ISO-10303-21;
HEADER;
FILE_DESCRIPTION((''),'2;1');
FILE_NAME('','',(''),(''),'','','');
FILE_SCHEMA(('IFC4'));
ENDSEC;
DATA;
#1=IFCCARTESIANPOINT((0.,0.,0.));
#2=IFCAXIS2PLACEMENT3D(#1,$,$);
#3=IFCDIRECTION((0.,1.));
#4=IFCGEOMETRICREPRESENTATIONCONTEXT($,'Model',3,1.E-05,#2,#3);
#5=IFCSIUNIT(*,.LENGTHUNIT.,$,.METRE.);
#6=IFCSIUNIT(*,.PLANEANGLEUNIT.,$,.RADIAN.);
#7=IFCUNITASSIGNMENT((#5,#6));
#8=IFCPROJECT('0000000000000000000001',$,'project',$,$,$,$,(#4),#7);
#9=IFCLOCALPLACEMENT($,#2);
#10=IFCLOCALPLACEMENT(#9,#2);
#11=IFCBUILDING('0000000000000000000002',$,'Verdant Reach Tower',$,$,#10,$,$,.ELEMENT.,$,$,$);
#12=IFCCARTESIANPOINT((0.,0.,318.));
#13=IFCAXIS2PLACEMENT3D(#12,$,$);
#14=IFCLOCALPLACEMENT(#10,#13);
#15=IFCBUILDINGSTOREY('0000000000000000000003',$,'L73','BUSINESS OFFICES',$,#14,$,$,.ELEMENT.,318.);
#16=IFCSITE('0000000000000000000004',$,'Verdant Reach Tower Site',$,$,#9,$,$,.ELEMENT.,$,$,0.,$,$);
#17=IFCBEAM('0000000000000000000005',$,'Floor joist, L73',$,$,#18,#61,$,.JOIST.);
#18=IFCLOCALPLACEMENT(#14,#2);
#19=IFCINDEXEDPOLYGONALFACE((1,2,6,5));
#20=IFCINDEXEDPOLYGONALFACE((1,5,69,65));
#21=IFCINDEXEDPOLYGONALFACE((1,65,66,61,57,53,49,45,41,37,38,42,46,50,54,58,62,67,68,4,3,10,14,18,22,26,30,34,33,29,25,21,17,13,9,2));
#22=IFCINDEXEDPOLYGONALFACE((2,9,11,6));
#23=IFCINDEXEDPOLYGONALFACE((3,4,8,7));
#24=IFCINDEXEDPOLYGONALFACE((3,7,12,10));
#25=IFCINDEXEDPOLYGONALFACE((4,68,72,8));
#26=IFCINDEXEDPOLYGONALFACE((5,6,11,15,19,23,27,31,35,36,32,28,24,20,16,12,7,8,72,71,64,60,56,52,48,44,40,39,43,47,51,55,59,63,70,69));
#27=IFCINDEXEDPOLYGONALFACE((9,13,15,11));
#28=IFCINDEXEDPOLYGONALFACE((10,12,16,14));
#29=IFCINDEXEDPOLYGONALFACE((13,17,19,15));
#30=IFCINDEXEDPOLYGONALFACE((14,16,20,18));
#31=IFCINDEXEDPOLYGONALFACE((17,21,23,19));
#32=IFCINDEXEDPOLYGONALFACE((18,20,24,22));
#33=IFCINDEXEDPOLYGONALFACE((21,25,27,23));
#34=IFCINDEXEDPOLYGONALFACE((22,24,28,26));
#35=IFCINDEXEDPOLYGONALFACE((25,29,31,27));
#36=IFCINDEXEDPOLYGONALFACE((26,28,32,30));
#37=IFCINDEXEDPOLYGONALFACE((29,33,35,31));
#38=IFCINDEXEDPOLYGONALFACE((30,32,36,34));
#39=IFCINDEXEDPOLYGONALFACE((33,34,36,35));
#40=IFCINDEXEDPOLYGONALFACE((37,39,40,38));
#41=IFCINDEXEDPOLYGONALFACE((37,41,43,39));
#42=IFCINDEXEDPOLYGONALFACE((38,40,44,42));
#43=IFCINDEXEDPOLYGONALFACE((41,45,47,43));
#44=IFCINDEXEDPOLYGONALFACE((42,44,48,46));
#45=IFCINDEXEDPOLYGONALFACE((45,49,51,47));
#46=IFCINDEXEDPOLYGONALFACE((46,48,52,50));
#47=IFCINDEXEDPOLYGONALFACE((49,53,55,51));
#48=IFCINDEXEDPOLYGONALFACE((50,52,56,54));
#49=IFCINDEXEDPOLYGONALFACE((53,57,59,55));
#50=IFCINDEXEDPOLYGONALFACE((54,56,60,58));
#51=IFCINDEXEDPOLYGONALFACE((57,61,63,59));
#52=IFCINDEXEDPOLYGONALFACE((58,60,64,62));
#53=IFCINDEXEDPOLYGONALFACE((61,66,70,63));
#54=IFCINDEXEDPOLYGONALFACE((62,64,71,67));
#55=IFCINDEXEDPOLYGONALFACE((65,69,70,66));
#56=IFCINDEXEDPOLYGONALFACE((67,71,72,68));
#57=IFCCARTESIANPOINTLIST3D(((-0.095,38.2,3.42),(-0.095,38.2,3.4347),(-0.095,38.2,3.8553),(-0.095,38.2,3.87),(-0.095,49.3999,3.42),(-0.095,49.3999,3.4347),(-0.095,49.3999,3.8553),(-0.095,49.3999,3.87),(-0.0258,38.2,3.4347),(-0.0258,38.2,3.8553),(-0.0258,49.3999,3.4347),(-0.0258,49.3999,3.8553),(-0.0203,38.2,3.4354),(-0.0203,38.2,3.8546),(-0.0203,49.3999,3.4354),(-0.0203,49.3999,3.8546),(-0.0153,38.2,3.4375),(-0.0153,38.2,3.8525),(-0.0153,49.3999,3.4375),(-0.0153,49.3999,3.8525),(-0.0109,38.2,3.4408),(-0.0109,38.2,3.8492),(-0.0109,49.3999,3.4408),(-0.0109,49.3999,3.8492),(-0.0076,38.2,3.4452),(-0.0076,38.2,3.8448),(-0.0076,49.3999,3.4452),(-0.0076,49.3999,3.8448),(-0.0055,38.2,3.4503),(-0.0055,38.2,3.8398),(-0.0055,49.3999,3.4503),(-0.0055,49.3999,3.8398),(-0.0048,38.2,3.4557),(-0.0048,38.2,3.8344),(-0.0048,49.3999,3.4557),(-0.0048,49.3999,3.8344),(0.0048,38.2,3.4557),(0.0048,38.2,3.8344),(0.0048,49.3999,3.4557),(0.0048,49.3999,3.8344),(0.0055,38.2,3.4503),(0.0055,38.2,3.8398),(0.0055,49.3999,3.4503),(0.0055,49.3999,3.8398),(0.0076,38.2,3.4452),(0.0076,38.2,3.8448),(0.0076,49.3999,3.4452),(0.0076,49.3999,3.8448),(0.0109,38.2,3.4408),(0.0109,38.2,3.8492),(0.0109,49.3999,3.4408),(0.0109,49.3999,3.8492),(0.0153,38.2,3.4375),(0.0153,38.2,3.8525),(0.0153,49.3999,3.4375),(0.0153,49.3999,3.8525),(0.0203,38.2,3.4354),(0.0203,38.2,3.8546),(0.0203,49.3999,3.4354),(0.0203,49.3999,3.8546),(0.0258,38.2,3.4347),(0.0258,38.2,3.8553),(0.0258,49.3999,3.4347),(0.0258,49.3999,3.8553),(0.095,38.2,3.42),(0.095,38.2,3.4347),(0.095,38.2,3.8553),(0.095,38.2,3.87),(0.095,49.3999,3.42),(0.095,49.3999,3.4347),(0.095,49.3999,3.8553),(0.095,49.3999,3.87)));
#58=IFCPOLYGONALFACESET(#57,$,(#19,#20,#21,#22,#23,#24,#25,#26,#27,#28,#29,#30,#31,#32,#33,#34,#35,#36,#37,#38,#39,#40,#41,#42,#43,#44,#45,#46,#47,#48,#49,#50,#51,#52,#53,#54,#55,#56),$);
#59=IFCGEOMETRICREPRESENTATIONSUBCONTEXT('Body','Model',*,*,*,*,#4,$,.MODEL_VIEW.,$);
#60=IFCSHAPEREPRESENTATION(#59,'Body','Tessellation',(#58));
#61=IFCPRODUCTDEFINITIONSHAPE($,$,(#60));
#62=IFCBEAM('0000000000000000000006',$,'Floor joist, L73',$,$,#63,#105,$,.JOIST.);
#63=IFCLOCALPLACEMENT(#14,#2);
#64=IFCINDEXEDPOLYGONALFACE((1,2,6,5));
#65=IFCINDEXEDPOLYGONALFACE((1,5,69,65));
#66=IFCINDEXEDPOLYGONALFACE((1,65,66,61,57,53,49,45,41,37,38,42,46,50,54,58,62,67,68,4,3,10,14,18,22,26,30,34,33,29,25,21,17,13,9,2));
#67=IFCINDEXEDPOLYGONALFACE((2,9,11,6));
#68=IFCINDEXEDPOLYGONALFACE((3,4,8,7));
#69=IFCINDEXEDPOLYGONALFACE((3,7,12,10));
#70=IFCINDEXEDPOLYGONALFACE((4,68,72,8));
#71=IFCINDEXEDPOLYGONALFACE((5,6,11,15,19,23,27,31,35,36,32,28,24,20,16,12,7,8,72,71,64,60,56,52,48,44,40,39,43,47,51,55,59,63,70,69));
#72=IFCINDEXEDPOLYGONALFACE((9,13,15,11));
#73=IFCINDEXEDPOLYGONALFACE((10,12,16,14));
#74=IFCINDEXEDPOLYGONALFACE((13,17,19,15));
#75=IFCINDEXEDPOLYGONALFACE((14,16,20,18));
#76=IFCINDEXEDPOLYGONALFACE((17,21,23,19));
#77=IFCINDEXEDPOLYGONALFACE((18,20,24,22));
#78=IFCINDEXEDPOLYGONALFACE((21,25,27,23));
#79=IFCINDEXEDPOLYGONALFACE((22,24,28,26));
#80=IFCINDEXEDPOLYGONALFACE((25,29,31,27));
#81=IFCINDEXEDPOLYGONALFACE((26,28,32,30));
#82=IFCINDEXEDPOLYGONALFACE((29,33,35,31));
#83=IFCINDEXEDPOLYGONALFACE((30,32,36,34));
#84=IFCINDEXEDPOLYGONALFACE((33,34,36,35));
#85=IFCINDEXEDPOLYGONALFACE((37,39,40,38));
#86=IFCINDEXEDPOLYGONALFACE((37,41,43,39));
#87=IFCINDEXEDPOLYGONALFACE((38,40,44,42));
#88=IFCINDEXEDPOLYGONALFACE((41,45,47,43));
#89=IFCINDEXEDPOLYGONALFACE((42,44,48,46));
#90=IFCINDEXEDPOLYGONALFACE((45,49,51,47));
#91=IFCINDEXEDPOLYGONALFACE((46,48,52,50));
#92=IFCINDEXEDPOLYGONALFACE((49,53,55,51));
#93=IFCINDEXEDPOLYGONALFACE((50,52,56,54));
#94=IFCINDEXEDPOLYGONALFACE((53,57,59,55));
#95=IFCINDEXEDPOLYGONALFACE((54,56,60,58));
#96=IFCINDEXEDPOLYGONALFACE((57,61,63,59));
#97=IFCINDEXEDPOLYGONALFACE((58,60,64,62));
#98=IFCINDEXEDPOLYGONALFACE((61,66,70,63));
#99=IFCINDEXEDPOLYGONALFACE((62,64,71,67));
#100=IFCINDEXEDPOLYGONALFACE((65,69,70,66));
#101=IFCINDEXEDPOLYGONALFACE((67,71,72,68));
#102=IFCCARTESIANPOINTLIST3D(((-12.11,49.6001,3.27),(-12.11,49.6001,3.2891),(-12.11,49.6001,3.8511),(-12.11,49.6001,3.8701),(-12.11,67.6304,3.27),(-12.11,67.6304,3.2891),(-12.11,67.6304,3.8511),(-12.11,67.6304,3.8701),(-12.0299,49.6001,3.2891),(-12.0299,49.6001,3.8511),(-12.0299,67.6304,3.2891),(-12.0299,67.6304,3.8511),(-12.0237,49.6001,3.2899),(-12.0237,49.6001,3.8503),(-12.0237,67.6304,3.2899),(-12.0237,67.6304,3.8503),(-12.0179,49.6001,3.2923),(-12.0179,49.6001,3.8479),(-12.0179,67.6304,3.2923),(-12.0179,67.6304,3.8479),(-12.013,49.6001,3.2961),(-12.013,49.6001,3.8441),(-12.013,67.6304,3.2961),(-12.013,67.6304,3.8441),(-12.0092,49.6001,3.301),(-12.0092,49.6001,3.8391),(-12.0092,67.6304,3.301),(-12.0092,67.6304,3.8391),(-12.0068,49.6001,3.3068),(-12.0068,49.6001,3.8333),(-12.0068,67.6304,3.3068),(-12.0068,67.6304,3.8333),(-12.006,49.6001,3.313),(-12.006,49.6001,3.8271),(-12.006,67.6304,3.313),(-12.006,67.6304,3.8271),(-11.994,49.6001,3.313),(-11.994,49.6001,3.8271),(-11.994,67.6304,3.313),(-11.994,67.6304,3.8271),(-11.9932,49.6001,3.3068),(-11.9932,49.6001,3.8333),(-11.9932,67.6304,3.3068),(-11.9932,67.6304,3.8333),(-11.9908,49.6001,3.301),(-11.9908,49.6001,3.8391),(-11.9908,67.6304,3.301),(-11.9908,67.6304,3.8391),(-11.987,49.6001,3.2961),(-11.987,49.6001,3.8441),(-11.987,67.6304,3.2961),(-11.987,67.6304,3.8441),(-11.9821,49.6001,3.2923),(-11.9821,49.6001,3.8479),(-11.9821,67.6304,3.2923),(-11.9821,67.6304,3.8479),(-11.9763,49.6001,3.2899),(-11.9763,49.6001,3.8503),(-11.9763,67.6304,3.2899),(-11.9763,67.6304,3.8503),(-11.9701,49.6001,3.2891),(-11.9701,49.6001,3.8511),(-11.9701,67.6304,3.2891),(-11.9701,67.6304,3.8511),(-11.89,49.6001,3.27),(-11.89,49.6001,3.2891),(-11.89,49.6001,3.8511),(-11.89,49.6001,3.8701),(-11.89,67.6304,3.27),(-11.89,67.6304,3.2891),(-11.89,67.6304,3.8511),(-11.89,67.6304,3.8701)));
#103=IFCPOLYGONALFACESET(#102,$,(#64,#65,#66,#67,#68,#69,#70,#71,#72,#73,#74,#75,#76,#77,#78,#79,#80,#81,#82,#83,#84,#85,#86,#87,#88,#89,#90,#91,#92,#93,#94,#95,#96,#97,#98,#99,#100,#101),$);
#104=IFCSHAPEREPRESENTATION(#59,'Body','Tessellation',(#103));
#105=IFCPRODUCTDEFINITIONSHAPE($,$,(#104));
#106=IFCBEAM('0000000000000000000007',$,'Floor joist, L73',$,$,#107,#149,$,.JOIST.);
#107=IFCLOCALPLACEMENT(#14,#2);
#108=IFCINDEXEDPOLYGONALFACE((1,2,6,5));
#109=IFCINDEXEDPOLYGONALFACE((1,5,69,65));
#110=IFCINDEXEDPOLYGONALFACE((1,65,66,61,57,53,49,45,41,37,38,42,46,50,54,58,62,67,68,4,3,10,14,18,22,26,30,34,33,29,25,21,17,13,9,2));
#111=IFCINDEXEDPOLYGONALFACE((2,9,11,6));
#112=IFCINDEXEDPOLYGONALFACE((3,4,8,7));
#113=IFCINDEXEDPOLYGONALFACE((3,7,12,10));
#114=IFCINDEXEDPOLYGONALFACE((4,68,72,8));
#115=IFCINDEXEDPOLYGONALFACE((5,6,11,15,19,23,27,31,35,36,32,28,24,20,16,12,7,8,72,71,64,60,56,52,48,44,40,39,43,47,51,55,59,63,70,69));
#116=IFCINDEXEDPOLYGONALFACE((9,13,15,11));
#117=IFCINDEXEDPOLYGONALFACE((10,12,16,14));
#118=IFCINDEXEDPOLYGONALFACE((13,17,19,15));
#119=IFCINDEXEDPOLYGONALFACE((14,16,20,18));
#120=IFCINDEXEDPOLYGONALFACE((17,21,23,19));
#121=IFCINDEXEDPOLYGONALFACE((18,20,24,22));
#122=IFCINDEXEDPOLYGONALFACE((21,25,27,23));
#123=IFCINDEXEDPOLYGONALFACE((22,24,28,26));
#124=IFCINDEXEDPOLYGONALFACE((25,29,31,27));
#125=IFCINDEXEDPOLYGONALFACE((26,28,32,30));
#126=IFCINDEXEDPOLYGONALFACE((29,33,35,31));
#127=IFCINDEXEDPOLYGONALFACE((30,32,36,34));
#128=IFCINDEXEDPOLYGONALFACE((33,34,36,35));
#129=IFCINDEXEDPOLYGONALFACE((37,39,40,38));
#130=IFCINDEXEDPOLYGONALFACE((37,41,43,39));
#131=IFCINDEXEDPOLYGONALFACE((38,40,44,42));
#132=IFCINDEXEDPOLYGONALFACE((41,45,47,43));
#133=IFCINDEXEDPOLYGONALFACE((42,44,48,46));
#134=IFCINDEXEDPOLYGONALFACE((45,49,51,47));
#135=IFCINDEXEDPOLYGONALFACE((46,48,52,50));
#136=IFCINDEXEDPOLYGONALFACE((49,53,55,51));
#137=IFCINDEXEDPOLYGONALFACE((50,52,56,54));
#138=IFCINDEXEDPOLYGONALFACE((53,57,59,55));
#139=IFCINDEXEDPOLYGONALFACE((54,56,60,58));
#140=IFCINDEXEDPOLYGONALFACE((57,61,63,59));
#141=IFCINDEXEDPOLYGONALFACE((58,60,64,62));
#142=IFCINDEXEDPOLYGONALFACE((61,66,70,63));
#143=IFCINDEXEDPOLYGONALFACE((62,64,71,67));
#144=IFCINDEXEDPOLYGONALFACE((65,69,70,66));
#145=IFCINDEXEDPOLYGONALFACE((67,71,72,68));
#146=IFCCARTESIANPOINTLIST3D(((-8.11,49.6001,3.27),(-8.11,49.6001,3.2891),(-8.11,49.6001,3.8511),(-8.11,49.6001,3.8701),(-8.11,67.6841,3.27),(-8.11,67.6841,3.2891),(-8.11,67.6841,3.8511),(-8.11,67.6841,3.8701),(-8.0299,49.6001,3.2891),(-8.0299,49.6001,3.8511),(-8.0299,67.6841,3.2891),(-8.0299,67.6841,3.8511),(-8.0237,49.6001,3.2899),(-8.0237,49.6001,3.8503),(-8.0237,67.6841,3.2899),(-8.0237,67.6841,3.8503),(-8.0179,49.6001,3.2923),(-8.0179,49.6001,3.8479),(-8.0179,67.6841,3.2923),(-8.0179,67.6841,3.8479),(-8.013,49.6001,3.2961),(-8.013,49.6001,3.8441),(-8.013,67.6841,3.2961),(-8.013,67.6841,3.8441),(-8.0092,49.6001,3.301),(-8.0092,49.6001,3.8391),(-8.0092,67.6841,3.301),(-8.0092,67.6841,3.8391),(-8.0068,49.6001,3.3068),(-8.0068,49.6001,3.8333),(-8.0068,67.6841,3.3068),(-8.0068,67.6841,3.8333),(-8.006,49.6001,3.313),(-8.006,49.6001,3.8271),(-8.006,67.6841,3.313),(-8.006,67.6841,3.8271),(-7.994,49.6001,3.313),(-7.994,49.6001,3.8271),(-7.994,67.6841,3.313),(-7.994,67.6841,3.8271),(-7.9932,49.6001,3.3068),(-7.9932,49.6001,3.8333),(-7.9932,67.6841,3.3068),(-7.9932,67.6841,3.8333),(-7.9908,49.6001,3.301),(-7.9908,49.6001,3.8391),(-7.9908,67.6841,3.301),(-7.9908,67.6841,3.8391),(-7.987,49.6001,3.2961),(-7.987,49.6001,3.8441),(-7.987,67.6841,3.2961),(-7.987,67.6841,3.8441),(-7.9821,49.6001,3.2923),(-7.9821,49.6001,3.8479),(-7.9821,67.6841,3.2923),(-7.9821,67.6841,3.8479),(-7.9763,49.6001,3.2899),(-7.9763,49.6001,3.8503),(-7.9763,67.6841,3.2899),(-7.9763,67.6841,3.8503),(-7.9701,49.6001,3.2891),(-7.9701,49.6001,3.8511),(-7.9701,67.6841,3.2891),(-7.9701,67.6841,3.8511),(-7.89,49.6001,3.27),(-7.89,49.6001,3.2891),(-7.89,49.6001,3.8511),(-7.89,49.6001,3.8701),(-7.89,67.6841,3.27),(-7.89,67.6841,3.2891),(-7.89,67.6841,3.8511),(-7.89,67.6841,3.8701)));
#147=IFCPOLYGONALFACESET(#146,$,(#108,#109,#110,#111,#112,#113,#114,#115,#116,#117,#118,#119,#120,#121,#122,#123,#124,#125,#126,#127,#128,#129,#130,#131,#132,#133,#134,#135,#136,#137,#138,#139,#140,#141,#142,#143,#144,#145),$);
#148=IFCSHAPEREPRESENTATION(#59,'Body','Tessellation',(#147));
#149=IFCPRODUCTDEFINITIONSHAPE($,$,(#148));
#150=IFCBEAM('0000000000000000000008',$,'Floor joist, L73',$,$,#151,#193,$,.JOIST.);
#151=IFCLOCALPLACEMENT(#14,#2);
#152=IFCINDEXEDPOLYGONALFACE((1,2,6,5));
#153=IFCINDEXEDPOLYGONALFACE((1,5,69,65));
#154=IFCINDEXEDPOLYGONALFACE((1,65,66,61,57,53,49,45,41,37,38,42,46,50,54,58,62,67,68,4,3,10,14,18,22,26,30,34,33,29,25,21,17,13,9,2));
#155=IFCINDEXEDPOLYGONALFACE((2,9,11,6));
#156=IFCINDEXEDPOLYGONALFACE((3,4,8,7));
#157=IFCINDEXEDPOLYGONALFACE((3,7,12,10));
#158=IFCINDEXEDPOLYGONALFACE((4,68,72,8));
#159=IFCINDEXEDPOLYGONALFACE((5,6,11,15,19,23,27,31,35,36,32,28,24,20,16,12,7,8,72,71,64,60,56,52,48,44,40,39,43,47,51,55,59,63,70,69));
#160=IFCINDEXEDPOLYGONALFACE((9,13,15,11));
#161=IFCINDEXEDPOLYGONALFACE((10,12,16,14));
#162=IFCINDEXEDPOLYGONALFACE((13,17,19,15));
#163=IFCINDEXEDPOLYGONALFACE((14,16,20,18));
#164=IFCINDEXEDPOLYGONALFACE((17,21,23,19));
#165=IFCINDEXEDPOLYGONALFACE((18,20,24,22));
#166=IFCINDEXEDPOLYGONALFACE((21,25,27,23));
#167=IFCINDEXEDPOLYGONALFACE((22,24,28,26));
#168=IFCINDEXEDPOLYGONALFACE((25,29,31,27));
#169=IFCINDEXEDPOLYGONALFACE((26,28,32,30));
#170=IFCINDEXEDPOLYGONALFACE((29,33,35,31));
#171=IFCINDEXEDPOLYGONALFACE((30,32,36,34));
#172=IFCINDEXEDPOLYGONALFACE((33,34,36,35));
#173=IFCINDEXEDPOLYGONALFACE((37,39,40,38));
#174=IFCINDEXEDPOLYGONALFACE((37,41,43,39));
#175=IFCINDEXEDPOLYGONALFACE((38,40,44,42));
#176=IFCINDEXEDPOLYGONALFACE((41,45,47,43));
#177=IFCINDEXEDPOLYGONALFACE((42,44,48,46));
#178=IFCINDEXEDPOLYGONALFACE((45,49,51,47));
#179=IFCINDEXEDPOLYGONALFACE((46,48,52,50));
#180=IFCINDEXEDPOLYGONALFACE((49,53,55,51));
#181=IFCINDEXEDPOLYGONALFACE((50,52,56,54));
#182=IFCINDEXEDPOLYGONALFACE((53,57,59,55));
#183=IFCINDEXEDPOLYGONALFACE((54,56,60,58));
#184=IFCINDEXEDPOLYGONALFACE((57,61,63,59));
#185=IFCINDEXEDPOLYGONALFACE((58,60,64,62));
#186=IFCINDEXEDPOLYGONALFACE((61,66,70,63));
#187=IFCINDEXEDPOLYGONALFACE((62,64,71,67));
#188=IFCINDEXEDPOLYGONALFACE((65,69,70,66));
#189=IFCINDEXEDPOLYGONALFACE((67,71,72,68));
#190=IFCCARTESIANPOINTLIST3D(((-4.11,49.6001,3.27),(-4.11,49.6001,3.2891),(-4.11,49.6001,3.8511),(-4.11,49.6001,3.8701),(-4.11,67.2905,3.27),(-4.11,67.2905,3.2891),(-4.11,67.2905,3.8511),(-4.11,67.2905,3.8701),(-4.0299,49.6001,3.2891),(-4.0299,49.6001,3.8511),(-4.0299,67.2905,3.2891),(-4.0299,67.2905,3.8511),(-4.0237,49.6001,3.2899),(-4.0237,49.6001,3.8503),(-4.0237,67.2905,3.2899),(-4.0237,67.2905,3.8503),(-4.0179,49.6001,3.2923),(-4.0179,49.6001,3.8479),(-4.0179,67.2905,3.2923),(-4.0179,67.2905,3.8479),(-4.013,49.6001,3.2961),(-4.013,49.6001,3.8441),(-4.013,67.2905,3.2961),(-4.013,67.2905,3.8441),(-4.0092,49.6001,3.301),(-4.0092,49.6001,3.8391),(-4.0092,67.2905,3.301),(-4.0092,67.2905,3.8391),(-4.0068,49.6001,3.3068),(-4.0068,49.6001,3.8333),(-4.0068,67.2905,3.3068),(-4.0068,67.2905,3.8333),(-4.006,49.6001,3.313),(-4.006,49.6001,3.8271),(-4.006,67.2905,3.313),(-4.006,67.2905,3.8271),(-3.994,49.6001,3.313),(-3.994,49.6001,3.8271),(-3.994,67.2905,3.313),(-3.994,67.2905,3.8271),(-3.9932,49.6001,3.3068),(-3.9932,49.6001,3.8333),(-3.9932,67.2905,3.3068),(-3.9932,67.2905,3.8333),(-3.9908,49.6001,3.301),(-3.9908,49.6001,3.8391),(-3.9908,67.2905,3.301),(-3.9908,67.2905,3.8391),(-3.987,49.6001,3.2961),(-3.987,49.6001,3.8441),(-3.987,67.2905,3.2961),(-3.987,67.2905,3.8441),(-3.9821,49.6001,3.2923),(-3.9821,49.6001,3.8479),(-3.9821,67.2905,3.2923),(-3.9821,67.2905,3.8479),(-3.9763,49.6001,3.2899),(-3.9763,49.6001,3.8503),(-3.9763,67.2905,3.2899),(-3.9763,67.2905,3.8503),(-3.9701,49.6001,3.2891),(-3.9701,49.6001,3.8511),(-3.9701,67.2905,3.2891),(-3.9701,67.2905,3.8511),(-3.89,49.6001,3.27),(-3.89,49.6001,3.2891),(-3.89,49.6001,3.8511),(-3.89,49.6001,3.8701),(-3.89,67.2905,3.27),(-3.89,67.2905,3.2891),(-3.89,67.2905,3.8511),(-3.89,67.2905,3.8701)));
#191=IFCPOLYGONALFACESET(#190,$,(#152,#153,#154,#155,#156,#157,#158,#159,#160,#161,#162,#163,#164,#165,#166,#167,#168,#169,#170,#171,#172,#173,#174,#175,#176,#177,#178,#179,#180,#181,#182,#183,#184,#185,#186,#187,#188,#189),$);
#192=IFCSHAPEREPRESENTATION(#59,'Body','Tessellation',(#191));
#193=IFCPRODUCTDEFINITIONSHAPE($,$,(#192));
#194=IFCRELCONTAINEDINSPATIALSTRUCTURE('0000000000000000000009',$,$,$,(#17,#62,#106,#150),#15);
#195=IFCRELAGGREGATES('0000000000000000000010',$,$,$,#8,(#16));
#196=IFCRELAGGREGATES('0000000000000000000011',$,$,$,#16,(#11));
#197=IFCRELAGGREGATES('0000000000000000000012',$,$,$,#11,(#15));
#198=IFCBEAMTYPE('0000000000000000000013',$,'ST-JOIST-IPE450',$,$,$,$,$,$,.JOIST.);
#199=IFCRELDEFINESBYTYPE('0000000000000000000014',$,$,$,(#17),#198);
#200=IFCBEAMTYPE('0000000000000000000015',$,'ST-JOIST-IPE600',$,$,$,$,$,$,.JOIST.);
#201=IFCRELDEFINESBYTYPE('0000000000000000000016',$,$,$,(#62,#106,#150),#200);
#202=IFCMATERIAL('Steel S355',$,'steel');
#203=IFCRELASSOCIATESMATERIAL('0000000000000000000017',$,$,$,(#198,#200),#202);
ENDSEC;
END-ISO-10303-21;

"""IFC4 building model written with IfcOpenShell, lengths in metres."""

from ifc_helpers import new_model, si_unit, direction, frame, origin, origin_2d, place, context, subcontext, project, spatial, i_section, extrude, material, material_profile, profile_set, type_object, element, save


model = new_model("IFC4")

# Units and contexts
model_context = context("Model", 3, precision=1e-05, world=origin(), true_north=direction((0.0, 1.0)))
body_context = subcontext(model_context, "Body", "Model", "MODEL_VIEW")
ifc_project = project(units=[si_unit("LENGTHUNIT", "METRE"), si_unit("PLANEANGLEUNIT", "RADIAN")], contexts=[model_context])

# Site, building, storey
site_placement = place(None, origin())
site = spatial("IfcSite", under=ifc_project, at=site_placement, Name="Verdant Reach Tower Site", CompositionType="ELEMENT", RefElevation=0.0)
building_placement = place(site_placement, origin())
building = spatial("IfcBuilding", under=site, at=building_placement, Name="Verdant Reach Tower", CompositionType="ELEMENT")
storey_placement = place(building_placement, frame((0.0, 0.0, 318.0)))
storey = spatial("IfcBuildingStorey", under=building, at=storey_placement, Name="L73", Description="BUSINESS OFFICES", CompositionType="ELEMENT", Elevation=318.0)

# Beams
ifc_material_1 = material(Name="Steel S355", Category="steel")
ifc_material_profile_1 = material_profile(ifc_material_1, i_section(OverallWidth=0.1899, OverallDepth=0.45, WebThickness=0.0095, FlangeThickness=0.0146, FilletRadius=0.021, at=origin_2d()), Name="IPE 450")
ifc_profile_set_1 = profile_set([ifc_material_profile_1], Name="Steel S355")
beam_type_1 = type_object("IfcBeamType", Name="ST-JOIST-IPE450", PredefinedType="JOIST", material=ifc_profile_set_1)
for number, where, z_axis, x_axis, name in (
    (1, (0.0, 38.2, 3.645), (0.0, 1.0, 0.0), (-1.0, 0.0, 0.0), "Floor joist, L73"),
):
    element("IfcBeam", number, at=place(storey_placement, frame(where, z_axis=z_axis, x_axis=x_axis)), inside=storey, type_object=beam_type_1, Name=name, PredefinedType="JOIST", context=body_context, shape_type="SweptSolid", body=[
        extrude(i_section(OverallWidth=0.1899, OverallDepth=0.45, WebThickness=0.0095, FlangeThickness=0.0146, FilletRadius=0.021, at=origin_2d()), origin(), (0.0, 0.0, 1.0), 11.2),
    ])
ifc_material_profile_2 = material_profile(ifc_material_1, i_section(OverallWidth=0.22, OverallDepth=0.6001, WebThickness=0.012, FlangeThickness=0.019, FilletRadius=0.0239, at=origin_2d()), Name="IPE 600")
ifc_profile_set_2 = profile_set([ifc_material_profile_2], Name="Steel S355")
beam_type_2 = type_object("IfcBeamType", Name="ST-JOIST-IPE600", PredefinedType="JOIST", material=ifc_profile_set_2)
beam_1_placement = place(storey_placement, frame((-12.0, 49.6001, 3.5701), z_axis=(0.0, 1.0, 0.0), x_axis=(-1.0, 0.0, 0.0)))
element("IfcBeam", 2, at=beam_1_placement, inside=storey, type_object=beam_type_2, Name="Floor joist, L73", PredefinedType="JOIST", context=body_context, shape_type="SweptSolid", body=[
    extrude(i_section(OverallWidth=0.22, OverallDepth=0.6001, WebThickness=0.012, FlangeThickness=0.019, FilletRadius=0.0239, at=origin_2d()), origin(), (0.0, 0.0, 1.0), 18.0303),
])
beam_2_placement = place(storey_placement, frame((-8.0, 49.6001, 3.5701), z_axis=(0.0, 1.0, 0.0), x_axis=(-1.0, 0.0, 0.0)))
element("IfcBeam", 3, at=beam_2_placement, inside=storey, type_object=beam_type_2, Name="Floor joist, L73", PredefinedType="JOIST", context=body_context, shape_type="SweptSolid", body=[
    extrude(i_section(OverallWidth=0.22, OverallDepth=0.6001, WebThickness=0.012, FlangeThickness=0.019, FilletRadius=0.0239, at=origin_2d()), origin(), (0.0, 0.0, 1.0), 18.084),
])
beam_3_placement = place(storey_placement, frame((-4.0, 49.6001, 3.5701), z_axis=(0.0, 1.0, 0.0), x_axis=(-1.0, 0.0, 0.0)))
element("IfcBeam", 4, at=beam_3_placement, inside=storey, type_object=beam_type_2, Name="Floor joist, L73", PredefinedType="JOIST", context=body_context, shape_type="SweptSolid", body=[
    extrude(i_section(OverallWidth=0.22, OverallDepth=0.6001, WebThickness=0.012, FlangeThickness=0.019, FilletRadius=0.0239, at=origin_2d()), origin(), (0.0, 0.0, 1.0), 17.6904),
])

save(model, "model.ifc")
